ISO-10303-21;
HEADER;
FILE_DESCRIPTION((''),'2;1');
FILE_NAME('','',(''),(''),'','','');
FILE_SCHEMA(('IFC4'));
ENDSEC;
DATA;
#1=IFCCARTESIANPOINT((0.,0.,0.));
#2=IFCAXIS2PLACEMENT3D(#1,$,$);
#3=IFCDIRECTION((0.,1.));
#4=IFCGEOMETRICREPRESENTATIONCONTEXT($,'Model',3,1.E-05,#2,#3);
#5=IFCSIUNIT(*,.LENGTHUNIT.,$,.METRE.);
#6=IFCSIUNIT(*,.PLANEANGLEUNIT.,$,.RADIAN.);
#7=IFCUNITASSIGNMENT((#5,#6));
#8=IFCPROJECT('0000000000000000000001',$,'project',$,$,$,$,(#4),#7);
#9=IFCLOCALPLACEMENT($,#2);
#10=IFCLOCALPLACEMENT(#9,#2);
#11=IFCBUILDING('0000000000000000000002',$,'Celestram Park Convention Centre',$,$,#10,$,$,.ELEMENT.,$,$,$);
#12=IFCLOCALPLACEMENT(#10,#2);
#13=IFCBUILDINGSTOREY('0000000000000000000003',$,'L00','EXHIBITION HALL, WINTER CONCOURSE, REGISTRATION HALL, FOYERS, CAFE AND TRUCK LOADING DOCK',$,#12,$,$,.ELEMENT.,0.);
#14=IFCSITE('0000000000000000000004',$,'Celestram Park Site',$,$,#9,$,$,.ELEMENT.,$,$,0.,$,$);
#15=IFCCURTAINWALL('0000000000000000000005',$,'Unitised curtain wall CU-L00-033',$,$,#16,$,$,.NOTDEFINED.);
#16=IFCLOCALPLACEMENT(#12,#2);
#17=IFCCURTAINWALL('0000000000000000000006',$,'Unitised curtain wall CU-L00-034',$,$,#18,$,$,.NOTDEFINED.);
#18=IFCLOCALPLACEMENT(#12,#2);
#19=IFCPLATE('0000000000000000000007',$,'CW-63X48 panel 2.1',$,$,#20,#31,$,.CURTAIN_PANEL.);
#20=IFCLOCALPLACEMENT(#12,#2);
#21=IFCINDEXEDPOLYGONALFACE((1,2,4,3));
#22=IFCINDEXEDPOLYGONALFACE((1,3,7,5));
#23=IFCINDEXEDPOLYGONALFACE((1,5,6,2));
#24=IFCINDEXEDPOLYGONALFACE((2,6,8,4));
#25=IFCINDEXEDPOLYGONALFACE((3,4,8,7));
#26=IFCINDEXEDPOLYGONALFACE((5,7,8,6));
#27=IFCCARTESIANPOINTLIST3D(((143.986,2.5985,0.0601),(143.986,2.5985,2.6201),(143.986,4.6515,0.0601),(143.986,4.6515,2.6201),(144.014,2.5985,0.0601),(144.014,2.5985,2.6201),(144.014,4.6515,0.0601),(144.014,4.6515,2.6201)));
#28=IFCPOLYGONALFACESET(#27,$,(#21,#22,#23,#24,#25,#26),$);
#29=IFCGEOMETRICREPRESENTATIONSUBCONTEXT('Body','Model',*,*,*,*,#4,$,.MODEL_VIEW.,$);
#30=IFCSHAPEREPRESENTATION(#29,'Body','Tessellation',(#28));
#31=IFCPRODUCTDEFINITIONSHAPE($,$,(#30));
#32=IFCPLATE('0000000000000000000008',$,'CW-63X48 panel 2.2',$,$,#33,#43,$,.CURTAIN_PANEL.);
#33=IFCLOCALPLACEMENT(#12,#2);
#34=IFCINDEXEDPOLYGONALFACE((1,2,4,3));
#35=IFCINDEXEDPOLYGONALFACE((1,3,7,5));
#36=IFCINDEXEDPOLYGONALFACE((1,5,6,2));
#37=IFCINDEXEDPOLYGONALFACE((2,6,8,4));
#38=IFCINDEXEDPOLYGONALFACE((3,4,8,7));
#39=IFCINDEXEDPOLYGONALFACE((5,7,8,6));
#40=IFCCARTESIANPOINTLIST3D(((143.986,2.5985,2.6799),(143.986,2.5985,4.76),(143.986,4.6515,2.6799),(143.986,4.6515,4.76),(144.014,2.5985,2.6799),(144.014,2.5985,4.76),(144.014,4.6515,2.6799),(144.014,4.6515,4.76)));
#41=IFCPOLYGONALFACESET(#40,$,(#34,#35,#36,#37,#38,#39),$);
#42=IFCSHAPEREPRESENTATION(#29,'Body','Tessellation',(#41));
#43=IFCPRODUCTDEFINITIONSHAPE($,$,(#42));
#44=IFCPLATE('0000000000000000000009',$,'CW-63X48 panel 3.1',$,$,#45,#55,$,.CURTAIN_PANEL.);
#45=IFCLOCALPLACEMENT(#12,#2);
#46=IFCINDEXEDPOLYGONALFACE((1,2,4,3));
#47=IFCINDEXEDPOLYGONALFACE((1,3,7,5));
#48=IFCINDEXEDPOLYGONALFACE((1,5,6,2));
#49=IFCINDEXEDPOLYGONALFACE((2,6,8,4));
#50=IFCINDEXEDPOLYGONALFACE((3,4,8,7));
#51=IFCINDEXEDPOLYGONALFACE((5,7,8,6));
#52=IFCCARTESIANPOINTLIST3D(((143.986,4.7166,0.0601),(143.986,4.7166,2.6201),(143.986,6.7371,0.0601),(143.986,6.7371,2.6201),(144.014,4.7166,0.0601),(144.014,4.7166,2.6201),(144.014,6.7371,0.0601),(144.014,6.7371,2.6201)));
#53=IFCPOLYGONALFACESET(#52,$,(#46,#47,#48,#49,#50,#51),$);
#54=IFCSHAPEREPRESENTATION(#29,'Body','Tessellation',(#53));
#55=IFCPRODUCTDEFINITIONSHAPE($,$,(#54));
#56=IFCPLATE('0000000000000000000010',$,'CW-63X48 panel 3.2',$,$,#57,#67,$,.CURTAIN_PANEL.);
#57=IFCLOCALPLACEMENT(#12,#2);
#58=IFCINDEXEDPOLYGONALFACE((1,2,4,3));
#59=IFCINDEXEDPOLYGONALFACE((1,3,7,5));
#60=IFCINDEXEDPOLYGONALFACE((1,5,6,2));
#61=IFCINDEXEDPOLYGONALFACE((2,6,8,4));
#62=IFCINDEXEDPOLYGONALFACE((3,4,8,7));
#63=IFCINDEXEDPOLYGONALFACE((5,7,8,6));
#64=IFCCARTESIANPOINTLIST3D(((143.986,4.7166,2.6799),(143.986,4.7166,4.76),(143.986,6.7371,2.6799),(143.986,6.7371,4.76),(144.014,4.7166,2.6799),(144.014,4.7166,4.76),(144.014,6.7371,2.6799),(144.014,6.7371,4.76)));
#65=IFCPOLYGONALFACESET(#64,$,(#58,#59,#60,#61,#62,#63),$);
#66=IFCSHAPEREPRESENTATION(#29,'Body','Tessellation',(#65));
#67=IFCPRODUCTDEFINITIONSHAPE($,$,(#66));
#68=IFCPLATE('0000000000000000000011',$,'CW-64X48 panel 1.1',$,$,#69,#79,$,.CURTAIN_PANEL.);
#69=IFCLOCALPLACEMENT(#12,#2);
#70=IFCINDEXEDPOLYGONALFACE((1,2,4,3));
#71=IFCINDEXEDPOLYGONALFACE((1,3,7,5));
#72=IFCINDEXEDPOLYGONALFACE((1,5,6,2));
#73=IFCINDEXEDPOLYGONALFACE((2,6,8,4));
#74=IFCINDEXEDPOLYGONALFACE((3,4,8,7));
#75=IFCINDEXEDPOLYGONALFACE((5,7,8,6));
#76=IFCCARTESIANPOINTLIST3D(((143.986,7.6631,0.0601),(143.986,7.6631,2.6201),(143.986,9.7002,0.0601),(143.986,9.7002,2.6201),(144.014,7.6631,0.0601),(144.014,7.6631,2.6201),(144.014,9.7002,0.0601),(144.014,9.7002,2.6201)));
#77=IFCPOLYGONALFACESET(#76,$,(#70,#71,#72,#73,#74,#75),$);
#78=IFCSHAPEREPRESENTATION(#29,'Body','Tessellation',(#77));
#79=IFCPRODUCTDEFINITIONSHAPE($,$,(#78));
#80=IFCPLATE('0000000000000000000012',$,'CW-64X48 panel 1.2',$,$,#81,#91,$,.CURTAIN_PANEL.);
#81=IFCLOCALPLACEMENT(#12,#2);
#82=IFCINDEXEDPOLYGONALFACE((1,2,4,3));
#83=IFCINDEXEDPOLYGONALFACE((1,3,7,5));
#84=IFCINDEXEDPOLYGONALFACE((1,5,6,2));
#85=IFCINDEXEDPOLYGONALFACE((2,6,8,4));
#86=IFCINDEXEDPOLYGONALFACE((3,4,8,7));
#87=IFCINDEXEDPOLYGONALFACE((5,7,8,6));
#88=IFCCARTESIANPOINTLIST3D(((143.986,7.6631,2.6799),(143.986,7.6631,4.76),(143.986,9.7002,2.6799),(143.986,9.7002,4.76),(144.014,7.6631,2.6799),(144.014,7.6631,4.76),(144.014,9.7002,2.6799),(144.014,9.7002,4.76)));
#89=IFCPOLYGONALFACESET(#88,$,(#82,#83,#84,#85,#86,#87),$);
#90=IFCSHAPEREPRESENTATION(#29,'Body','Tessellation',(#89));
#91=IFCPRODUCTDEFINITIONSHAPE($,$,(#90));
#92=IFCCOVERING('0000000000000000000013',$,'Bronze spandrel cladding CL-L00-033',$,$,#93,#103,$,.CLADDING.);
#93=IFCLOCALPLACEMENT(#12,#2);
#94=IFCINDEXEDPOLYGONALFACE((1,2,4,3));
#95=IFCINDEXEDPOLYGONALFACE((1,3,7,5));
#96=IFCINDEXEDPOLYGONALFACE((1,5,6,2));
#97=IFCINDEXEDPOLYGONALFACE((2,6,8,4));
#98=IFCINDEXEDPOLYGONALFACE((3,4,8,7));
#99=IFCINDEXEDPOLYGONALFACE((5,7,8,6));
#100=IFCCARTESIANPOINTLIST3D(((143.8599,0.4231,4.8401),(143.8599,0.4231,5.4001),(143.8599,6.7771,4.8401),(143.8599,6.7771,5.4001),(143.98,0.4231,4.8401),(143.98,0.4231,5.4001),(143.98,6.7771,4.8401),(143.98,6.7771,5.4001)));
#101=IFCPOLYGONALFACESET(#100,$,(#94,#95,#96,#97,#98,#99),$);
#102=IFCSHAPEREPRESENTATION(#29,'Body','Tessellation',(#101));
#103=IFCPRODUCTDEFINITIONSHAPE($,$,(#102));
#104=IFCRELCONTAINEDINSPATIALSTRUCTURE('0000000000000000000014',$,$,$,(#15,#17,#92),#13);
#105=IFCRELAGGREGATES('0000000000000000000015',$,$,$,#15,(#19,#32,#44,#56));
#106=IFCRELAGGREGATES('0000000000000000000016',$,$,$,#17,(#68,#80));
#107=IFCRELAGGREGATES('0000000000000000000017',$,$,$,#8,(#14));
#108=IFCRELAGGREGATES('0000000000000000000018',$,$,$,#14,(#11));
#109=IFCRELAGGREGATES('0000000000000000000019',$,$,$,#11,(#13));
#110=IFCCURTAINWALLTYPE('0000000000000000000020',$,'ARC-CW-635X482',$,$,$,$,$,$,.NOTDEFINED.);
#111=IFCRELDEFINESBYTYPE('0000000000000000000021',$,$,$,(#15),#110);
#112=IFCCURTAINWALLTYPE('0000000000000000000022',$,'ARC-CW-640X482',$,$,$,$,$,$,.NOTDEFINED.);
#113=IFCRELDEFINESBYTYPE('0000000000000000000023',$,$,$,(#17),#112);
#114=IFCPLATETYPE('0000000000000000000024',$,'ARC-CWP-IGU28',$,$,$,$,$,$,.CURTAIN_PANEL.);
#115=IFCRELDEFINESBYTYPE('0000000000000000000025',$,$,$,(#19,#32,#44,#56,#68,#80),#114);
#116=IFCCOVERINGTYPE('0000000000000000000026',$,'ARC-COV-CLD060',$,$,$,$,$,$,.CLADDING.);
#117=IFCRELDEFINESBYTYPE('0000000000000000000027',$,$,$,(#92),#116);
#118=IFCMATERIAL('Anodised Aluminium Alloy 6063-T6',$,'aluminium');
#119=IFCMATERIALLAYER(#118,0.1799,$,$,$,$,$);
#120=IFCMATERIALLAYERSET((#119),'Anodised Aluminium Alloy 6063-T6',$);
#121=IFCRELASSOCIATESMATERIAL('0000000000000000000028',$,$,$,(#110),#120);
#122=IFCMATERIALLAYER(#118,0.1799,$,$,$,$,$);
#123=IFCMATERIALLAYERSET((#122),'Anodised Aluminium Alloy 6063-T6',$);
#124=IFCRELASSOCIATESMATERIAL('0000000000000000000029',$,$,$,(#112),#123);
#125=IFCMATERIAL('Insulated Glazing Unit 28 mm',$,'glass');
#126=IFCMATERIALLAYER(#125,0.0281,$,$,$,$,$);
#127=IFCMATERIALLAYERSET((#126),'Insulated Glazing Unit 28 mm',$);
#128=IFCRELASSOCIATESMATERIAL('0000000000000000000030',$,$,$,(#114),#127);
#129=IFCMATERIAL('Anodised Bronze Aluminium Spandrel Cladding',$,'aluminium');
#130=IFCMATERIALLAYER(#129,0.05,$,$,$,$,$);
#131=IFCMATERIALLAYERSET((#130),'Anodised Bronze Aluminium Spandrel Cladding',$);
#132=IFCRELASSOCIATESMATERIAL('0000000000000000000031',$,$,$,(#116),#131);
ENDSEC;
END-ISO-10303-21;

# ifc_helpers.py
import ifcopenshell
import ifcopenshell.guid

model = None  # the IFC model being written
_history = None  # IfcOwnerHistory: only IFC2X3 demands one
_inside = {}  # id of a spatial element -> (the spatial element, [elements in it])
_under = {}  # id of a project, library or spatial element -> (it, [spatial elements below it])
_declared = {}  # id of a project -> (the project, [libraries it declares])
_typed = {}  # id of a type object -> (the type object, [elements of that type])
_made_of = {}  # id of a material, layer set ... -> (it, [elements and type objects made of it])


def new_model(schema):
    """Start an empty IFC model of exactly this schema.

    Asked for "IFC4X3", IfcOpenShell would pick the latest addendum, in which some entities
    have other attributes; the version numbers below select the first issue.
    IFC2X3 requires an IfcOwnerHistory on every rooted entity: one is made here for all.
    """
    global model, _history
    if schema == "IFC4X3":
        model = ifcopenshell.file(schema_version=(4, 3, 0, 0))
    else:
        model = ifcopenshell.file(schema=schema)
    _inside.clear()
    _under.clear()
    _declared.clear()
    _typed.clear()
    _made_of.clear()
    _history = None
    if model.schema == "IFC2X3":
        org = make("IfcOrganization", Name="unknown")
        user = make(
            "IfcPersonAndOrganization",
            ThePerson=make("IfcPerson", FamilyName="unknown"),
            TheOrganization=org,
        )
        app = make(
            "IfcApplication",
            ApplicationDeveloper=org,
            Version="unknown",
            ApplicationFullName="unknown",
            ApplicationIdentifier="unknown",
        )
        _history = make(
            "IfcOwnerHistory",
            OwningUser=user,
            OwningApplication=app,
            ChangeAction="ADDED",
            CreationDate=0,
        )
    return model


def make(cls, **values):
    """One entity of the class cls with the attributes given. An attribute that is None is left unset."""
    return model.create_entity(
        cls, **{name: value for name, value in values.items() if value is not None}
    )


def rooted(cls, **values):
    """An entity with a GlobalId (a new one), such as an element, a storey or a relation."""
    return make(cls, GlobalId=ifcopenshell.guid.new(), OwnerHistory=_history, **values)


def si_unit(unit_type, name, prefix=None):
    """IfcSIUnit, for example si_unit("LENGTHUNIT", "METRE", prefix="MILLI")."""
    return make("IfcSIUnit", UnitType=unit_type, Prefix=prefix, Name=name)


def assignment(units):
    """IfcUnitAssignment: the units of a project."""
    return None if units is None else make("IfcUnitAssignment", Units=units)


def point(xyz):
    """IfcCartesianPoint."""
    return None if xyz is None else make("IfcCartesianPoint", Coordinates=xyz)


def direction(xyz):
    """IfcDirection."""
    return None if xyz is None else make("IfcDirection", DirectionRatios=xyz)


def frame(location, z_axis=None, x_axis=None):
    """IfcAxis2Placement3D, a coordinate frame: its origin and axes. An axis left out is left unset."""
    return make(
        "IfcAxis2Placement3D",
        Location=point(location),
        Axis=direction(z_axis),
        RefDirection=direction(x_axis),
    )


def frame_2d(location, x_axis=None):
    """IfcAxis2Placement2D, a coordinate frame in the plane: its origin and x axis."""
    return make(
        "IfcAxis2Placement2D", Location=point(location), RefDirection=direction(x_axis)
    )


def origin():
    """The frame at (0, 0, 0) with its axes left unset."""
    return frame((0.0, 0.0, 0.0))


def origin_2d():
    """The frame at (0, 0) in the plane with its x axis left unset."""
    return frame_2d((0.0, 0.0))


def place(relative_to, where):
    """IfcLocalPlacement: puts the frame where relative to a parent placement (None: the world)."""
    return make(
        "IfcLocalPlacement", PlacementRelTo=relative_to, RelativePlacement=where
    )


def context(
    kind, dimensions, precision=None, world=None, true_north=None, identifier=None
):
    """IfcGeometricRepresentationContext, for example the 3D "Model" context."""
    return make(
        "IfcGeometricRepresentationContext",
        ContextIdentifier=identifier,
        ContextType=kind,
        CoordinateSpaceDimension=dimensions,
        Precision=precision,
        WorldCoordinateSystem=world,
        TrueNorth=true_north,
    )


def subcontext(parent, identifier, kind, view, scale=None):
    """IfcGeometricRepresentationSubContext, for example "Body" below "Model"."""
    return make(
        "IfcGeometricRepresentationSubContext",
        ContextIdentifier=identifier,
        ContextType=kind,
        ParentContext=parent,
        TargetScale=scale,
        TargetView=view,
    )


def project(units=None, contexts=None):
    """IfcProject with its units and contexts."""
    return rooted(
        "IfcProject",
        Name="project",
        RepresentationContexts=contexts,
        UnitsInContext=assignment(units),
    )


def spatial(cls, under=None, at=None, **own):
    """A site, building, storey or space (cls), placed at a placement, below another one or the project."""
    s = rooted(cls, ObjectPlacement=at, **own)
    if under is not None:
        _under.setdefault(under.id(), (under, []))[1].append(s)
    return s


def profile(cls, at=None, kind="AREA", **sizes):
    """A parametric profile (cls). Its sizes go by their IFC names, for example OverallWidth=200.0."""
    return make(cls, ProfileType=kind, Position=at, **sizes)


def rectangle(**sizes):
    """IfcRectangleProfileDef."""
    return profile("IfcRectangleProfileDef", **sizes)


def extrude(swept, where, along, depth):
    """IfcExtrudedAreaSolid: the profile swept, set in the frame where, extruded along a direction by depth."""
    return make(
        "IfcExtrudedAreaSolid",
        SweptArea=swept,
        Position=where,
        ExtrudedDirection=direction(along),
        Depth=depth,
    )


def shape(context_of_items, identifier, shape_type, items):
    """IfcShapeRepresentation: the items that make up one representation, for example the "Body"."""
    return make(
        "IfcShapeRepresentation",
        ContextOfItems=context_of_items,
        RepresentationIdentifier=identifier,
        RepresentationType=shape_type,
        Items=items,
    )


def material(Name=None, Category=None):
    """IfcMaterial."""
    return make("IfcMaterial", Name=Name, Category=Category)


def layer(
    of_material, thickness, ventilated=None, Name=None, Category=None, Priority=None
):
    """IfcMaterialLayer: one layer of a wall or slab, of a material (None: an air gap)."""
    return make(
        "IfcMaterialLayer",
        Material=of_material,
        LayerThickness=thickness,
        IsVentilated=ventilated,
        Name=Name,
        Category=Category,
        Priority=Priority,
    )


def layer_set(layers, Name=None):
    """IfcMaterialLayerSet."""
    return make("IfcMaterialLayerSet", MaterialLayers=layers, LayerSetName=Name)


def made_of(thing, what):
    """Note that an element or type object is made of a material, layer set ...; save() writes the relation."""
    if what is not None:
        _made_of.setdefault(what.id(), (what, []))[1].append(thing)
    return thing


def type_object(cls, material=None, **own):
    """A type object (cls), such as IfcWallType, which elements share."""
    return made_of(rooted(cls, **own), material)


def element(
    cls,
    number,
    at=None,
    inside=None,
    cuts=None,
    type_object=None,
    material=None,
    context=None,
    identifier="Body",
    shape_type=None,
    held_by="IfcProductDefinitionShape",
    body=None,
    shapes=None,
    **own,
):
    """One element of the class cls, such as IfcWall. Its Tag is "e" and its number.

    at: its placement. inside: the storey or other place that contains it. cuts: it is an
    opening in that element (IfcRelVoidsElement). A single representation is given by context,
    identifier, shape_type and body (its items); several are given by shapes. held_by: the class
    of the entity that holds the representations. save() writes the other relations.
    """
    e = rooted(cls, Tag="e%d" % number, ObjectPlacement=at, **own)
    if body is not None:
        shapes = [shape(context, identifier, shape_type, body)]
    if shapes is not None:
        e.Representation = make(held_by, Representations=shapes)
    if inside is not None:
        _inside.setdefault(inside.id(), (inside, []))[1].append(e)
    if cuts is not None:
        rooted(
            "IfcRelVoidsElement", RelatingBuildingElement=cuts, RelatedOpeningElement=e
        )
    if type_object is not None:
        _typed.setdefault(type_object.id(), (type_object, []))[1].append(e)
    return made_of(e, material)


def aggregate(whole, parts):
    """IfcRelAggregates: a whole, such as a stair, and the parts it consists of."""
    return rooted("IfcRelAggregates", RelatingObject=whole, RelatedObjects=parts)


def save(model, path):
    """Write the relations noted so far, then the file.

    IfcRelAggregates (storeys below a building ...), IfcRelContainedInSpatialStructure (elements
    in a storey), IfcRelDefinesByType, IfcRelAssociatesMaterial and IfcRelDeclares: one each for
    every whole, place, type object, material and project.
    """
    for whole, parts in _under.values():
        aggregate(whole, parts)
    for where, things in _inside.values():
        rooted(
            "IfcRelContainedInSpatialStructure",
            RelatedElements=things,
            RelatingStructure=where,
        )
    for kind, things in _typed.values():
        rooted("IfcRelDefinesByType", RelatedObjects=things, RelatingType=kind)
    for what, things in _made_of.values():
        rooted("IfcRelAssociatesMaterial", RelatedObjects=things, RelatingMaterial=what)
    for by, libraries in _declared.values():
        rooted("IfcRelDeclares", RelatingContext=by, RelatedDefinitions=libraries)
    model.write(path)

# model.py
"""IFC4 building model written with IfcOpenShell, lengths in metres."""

from ifc_helpers import new_model, si_unit, direction, frame, origin, origin_2d, place, context, subcontext, project, spatial, rectangle, extrude, material, layer, layer_set, type_object, element, aggregate, save


model = new_model("IFC4")

# Units and contexts
model_context = context("Model", 3, precision=1e-05, world=origin(), true_north=direction((0.0, 1.0)))
body_context = subcontext(model_context, "Body", "Model", "MODEL_VIEW")
ifc_project = project(units=[si_unit("LENGTHUNIT", "METRE"), si_unit("PLANEANGLEUNIT", "RADIAN")], contexts=[model_context])

# Site, building, storey
site_placement = place(None, origin())
site = spatial("IfcSite", under=ifc_project, at=site_placement, Name="Celestram Park Site", CompositionType="ELEMENT", RefElevation=0.0)
building_placement = place(site_placement, origin())
building = spatial("IfcBuilding", under=site, at=building_placement, Name="Celestram Park Convention Centre", CompositionType="ELEMENT")
storey_placement = place(building_placement, origin())
storey = spatial("IfcBuildingStorey", under=building, at=storey_placement, Name="L00", Description="EXHIBITION HALL, WINTER CONCOURSE, REGISTRATION HALL, FOYERS, CAFE AND TRUCK LOADING DOCK", CompositionType="ELEMENT", Elevation=0.0)

# Curtain walls
ifc_material_1 = material(Name="Anodised Aluminium Alloy 6063-T6", Category="aluminium")
ifc_layer_1 = layer(ifc_material_1, 0.1799)
ifc_layer_set_1 = layer_set([ifc_layer_1], Name="Anodised Aluminium Alloy 6063-T6")
curtain_wall_type_1 = type_object("IfcCurtainWallType", Name="ARC-CW-635X482", PredefinedType="NOTDEFINED", material=ifc_layer_set_1)
curtain_wall_1_placement = place(storey_placement, origin())
curtain_wall_1 = element("IfcCurtainWall", 1, at=curtain_wall_1_placement, inside=storey, type_object=curtain_wall_type_1, Name="Unitised curtain wall CU-L00-033", PredefinedType="NOTDEFINED")
ifc_layer_2 = layer(ifc_material_1, 0.1799)
ifc_layer_set_2 = layer_set([ifc_layer_2], Name="Anodised Aluminium Alloy 6063-T6")
curtain_wall_type_2 = type_object("IfcCurtainWallType", Name="ARC-CW-640X482", PredefinedType="NOTDEFINED", material=ifc_layer_set_2)
curtain_wall_2_placement = place(storey_placement, origin())
curtain_wall_2 = element("IfcCurtainWall", 2, at=curtain_wall_2_placement, inside=storey, type_object=curtain_wall_type_2, Name="Unitised curtain wall CU-L00-034", PredefinedType="NOTDEFINED")

# Plates
ifc_material_2 = material(Name="Insulated Glazing Unit 28 mm", Category="glass")
ifc_layer_3 = layer(ifc_material_2, 0.0281)
ifc_layer_set_3 = layer_set([ifc_layer_3], Name="Insulated Glazing Unit 28 mm")
plate_type = type_object("IfcPlateType", Name="ARC-CWP-IGU28", PredefinedType="CURTAIN_PANEL", material=ifc_layer_set_3)
plate_1_placement = place(storey_placement, frame((144.0, 3.625, 0.0601), z_axis=(0.0, 0.0, 1.0), x_axis=(0.0, 1.0, 0.0)))
plate_1 = element("IfcPlate", 3, at=plate_1_placement, type_object=plate_type, Name="CW-63X48 panel 2.1", PredefinedType="CURTAIN_PANEL", context=body_context, shape_type="SweptSolid", body=[
    extrude(rectangle(XDim=2.053, YDim=0.0281, at=origin_2d()), origin(), (0.0, 0.0, 1.0), 2.5601),
])
plate_2_placement = place(storey_placement, frame((144.0, 3.625, 2.6799), z_axis=(0.0, 0.0, 1.0), x_axis=(0.0, 1.0, 0.0)))
plate_2 = element("IfcPlate", 4, at=plate_2_placement, type_object=plate_type, Name="CW-63X48 panel 2.2", PredefinedType="CURTAIN_PANEL", context=body_context, shape_type="SweptSolid", body=[
    extrude(rectangle(XDim=2.053, YDim=0.0281, at=origin_2d()), origin(), (0.0, 0.0, 1.0), 2.0801),
])
plate_3_placement = place(storey_placement, frame((144.0, 5.7268, 0.0601), z_axis=(0.0, 0.0, 1.0), x_axis=(0.0, 1.0, 0.0)))
plate_3 = element("IfcPlate", 5, at=plate_3_placement, type_object=plate_type, Name="CW-63X48 panel 3.1", PredefinedType="CURTAIN_PANEL", context=body_context, shape_type="SweptSolid", body=[
    extrude(rectangle(XDim=2.0205, YDim=0.0281, at=origin_2d()), origin(), (0.0, 0.0, 1.0), 2.5601),
])
plate_4_placement = place(storey_placement, frame((144.0, 5.7268, 2.6799), z_axis=(0.0, 0.0, 1.0), x_axis=(0.0, 1.0, 0.0)))
plate_4 = element("IfcPlate", 6, at=plate_4_placement, type_object=plate_type, Name="CW-63X48 panel 3.2", PredefinedType="CURTAIN_PANEL", context=body_context, shape_type="SweptSolid", body=[
    extrude(rectangle(XDim=2.0205, YDim=0.0281, at=origin_2d()), origin(), (0.0, 0.0, 1.0), 2.0801),
])
aggregate(curtain_wall_1, [plate_1, plate_2, plate_3, plate_4])
plate_5_placement = place(storey_placement, frame((144.0, 8.6816, 0.0601), z_axis=(0.0, 0.0, 1.0), x_axis=(0.0, 1.0, 0.0)))
plate_5 = element("IfcPlate", 7, at=plate_5_placement, type_object=plate_type, Name="CW-64X48 panel 1.1", PredefinedType="CURTAIN_PANEL", context=body_context, shape_type="SweptSolid", body=[
    extrude(rectangle(XDim=2.0371, YDim=0.0281, at=origin_2d()), origin(), (0.0, 0.0, 1.0), 2.5601),
])
plate_6_placement = place(storey_placement, frame((144.0, 8.6816, 2.6799), z_axis=(0.0, 0.0, 1.0), x_axis=(0.0, 1.0, 0.0)))
plate_6 = element("IfcPlate", 8, at=plate_6_placement, type_object=plate_type, Name="CW-64X48 panel 1.2", PredefinedType="CURTAIN_PANEL", context=body_context, shape_type="SweptSolid", body=[
    extrude(rectangle(XDim=2.0371, YDim=0.0281, at=origin_2d()), origin(), (0.0, 0.0, 1.0), 2.0801),
])
aggregate(curtain_wall_2, [plate_5, plate_6])

# Covering
ifc_material_3 = material(Name="Anodised Bronze Aluminium Spandrel Cladding", Category="aluminium")
ifc_layer_4 = layer(ifc_material_3, 0.05)
ifc_layer_set_4 = layer_set([ifc_layer_4], Name="Anodised Bronze Aluminium Spandrel Cladding")
covering_type = type_object("IfcCoveringType", Name="ARC-COV-CLD060", PredefinedType="CLADDING", material=ifc_layer_set_4)
covering_placement = place(storey_placement, frame((143.9199, 3.6001, 4.8401), z_axis=(0.0, 0.0, 1.0), x_axis=(0.0, 1.0, 0.0)))
element("IfcCovering", 9, at=covering_placement, inside=storey, type_object=covering_type, Name="Bronze spandrel cladding CL-L00-033", PredefinedType="CLADDING", context=body_context, shape_type="SweptSolid", body=[
    extrude(rectangle(XDim=6.354, YDim=0.1201, at=origin_2d()), origin(), (0.0, 0.0, 1.0), 0.5601),
])

save(model, "model.ifc")
